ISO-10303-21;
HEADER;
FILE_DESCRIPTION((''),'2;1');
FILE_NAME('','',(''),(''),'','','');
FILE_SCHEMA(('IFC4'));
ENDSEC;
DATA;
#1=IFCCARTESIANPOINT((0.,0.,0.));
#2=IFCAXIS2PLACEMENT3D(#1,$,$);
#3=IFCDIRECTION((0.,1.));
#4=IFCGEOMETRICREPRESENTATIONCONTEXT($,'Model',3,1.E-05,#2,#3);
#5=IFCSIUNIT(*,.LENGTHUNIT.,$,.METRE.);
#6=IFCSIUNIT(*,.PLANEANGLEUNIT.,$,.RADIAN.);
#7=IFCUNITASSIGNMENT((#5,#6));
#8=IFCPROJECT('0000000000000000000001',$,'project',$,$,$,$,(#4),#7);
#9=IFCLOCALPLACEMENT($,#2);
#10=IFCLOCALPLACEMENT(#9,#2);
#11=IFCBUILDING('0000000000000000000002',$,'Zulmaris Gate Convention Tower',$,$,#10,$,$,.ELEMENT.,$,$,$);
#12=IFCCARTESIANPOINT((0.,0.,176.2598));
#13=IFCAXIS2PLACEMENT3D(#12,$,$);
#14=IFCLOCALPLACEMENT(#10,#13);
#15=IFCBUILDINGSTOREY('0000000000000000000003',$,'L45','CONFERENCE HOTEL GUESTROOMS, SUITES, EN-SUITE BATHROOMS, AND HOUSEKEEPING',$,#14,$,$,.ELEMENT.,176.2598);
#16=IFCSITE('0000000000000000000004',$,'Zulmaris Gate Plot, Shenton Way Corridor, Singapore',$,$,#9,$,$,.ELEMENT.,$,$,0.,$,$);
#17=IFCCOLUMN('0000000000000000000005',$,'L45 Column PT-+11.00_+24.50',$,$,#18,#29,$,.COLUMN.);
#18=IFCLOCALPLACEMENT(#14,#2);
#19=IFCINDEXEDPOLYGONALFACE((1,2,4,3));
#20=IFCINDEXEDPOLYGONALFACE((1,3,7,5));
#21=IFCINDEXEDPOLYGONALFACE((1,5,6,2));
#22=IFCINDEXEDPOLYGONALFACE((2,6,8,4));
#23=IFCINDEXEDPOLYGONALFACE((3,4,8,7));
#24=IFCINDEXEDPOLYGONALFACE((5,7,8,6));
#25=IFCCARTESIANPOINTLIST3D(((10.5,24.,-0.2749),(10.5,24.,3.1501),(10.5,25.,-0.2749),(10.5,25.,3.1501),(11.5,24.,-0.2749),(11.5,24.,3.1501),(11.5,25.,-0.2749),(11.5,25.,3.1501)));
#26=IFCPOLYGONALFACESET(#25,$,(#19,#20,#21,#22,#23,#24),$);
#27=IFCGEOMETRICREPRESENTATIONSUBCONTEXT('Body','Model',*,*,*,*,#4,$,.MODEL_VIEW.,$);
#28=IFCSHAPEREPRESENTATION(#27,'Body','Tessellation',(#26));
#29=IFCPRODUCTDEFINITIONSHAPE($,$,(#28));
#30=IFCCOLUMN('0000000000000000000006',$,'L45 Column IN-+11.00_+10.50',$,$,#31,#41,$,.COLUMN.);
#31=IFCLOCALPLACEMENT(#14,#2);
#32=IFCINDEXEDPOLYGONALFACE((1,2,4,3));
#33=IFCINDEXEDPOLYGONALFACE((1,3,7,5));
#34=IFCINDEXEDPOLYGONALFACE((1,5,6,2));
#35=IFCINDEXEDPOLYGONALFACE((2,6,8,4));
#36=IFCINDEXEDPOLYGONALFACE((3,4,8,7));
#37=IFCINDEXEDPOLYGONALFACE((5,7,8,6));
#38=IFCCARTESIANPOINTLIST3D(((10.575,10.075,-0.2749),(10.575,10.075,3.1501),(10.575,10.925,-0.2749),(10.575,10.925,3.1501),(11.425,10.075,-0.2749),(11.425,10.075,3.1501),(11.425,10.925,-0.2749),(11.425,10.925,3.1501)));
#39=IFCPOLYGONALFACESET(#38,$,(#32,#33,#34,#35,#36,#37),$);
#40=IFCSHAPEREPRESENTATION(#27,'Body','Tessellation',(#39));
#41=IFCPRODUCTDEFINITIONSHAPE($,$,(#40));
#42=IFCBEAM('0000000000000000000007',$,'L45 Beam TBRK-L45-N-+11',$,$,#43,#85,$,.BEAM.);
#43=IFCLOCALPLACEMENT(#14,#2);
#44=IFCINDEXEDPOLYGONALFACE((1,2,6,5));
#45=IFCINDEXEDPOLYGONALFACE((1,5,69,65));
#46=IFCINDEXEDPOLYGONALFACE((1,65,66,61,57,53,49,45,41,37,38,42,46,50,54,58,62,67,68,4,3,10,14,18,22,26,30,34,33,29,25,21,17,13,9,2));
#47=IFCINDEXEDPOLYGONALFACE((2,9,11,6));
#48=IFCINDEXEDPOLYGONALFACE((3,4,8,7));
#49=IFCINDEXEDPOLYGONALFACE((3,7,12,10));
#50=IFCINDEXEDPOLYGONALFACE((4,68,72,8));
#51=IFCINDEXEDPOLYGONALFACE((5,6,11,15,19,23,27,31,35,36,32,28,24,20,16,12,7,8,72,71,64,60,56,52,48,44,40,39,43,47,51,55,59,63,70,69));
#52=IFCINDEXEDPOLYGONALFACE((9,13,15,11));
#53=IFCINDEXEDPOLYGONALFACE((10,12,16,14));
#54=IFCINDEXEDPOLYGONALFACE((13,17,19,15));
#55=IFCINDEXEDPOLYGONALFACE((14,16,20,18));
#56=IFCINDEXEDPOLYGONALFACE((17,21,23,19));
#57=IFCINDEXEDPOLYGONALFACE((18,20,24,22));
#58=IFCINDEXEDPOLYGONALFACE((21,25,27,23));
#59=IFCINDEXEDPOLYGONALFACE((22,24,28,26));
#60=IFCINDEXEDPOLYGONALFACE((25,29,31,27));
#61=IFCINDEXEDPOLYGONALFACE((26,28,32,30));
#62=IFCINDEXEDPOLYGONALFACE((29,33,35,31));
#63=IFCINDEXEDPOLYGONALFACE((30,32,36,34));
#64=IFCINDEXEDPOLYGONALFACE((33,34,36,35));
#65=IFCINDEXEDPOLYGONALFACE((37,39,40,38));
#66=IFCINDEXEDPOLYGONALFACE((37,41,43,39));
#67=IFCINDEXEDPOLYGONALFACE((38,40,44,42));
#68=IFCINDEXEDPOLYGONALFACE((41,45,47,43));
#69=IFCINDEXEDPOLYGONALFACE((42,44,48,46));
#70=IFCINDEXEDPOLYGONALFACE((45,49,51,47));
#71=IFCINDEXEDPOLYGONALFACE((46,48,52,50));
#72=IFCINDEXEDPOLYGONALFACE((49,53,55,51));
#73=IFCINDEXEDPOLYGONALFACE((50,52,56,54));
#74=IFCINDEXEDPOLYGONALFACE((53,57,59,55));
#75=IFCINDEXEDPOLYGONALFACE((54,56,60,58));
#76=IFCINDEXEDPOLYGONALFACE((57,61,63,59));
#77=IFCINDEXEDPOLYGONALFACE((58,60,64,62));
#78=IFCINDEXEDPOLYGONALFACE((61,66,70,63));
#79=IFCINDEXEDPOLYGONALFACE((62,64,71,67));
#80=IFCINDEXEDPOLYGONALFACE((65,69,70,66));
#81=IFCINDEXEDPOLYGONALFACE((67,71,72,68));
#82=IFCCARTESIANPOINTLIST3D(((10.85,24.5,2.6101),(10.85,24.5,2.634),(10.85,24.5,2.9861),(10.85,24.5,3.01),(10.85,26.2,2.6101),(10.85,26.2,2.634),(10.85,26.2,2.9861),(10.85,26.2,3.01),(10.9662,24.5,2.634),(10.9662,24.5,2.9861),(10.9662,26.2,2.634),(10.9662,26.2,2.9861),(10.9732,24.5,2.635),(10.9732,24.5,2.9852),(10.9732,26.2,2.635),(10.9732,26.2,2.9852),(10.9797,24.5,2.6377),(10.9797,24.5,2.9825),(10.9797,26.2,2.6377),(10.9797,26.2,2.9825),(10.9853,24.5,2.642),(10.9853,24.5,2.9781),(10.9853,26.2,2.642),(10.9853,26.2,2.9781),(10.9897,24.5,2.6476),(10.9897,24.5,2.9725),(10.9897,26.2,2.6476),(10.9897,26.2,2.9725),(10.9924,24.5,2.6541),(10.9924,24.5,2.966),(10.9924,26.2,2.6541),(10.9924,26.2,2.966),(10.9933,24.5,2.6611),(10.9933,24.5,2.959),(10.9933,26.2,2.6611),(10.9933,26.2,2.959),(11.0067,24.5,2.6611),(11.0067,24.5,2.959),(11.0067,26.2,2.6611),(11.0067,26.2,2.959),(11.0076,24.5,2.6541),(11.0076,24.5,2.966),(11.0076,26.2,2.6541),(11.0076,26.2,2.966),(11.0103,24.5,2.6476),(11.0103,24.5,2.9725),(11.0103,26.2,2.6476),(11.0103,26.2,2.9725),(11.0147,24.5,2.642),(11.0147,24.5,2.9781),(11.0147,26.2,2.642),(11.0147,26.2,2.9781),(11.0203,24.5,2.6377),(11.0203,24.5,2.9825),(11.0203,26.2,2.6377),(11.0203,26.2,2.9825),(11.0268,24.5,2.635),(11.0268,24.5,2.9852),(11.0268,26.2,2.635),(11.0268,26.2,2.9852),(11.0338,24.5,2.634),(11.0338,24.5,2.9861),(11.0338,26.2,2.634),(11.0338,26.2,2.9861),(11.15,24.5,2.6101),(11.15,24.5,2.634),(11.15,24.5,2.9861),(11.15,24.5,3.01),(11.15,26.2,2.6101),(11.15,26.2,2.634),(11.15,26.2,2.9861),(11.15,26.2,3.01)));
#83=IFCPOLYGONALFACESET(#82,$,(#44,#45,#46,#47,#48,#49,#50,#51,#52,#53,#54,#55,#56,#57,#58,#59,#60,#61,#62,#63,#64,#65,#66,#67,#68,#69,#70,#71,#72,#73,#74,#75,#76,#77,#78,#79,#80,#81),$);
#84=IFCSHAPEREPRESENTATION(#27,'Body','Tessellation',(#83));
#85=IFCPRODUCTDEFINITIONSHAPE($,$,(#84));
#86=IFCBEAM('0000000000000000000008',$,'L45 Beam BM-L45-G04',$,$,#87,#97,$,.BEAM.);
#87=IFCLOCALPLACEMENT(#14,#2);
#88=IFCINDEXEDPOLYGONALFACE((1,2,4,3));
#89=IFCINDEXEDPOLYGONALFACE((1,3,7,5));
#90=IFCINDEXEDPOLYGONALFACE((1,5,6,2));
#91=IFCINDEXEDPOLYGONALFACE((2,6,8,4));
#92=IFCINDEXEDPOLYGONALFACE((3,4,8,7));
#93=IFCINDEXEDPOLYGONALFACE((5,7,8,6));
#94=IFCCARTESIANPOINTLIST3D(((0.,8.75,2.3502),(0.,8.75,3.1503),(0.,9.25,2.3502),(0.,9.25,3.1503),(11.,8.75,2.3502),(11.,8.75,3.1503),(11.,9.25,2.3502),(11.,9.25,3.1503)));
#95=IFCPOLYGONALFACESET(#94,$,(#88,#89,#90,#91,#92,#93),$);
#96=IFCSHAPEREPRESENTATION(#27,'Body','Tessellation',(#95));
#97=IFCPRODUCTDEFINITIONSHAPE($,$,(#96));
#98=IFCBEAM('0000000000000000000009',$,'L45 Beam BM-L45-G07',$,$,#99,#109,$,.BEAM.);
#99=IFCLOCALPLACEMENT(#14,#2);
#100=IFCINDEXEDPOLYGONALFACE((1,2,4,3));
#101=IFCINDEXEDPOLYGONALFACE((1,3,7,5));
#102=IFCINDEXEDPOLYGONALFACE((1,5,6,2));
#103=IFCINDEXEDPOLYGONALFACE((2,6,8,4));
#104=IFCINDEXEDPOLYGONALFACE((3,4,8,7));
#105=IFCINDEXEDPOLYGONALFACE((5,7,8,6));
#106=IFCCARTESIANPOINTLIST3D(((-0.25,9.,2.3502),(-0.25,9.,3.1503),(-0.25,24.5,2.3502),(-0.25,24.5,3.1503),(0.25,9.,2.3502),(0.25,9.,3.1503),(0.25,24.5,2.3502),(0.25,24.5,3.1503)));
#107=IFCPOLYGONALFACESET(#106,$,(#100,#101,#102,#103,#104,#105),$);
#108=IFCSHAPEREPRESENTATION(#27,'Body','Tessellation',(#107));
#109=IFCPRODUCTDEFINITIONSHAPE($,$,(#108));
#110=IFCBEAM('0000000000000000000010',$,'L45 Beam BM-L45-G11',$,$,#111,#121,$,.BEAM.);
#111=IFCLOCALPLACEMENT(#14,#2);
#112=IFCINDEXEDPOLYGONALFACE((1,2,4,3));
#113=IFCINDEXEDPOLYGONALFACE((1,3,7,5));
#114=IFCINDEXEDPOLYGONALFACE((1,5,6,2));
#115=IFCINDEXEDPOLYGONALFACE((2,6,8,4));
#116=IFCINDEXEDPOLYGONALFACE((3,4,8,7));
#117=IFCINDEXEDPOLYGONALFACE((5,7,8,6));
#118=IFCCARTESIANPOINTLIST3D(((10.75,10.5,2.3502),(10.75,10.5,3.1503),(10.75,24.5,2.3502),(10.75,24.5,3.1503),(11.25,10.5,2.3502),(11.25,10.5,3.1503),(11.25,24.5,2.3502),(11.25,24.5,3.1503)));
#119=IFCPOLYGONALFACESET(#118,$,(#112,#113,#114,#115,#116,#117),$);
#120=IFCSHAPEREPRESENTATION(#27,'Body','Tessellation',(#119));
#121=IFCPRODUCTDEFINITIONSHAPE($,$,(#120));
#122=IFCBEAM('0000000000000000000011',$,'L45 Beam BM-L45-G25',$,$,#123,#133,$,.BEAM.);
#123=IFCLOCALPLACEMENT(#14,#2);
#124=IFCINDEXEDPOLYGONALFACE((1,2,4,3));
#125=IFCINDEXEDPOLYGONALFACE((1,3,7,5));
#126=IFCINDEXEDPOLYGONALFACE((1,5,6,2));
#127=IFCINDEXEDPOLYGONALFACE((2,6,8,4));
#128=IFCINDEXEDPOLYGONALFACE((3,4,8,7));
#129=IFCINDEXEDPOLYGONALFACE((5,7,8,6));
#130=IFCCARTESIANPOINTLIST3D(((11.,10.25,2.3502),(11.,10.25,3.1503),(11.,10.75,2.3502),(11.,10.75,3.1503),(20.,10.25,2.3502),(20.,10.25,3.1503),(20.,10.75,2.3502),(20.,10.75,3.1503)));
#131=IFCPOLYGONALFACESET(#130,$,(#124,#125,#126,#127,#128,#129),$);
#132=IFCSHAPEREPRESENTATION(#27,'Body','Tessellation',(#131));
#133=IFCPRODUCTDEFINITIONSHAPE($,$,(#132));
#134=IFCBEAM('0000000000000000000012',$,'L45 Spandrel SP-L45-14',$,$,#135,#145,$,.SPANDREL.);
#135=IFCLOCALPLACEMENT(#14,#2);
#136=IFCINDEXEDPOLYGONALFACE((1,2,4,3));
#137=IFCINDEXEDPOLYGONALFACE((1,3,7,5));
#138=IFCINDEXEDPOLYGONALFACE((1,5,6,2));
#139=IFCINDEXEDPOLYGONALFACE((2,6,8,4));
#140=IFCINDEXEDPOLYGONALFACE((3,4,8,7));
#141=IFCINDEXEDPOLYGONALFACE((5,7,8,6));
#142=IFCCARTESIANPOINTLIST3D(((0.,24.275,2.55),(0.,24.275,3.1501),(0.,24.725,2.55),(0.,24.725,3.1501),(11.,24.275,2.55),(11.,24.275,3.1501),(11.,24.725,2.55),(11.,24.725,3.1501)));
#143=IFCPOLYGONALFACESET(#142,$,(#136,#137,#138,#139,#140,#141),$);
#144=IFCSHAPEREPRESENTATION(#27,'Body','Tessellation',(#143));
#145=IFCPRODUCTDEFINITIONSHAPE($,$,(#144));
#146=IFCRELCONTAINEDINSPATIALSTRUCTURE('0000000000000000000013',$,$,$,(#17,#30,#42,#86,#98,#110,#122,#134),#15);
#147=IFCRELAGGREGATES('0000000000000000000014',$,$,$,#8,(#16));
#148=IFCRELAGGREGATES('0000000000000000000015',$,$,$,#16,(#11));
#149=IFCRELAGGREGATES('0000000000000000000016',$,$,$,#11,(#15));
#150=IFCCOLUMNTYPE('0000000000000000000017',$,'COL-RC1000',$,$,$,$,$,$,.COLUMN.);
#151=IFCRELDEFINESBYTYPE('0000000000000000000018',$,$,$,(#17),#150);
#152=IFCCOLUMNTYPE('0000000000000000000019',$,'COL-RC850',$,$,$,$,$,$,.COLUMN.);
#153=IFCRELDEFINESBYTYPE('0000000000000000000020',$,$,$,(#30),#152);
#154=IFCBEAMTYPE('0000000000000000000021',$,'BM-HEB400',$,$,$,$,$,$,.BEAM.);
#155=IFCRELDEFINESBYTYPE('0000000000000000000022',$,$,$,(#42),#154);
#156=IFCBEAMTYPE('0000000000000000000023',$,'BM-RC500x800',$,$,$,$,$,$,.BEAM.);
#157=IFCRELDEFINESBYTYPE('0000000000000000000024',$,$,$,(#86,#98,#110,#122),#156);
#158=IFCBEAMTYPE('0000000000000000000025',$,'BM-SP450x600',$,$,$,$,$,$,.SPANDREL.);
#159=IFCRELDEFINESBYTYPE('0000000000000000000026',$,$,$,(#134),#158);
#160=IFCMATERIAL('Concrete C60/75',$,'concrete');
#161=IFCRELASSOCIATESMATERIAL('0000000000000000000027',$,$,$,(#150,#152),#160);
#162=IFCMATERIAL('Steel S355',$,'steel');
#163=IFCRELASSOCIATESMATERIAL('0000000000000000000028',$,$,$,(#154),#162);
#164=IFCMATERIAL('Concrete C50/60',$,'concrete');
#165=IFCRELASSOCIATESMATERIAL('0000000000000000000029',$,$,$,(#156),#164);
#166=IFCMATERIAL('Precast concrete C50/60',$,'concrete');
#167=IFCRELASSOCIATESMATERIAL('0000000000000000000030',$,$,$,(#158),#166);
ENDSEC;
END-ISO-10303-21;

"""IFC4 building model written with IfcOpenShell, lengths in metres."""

from ifc_helpers import new_model, si_unit, direction, frame, origin, origin_2d, place, context, subcontext, project, spatial, rectangle, i_section, extrude, material, material_profile, profile_set, type_object, element, save


model = new_model("IFC4")

# Units and contexts
model_context = context("Model", 3, precision=1e-05, world=origin(), true_north=direction((0.0, 1.0)))
body_context = subcontext(model_context, "Body", "Model", "MODEL_VIEW")
ifc_project = project(units=[si_unit("LENGTHUNIT", "METRE"), si_unit("PLANEANGLEUNIT", "RADIAN")], contexts=[model_context])

# Site, building, storey
site_placement = place(None, origin())
site = spatial("IfcSite", under=ifc_project, at=site_placement, Name="Zulmaris Gate Plot, Shenton Way Corridor, Singapore", CompositionType="ELEMENT", RefElevation=0.0)
building_placement = place(site_placement, origin())
building = spatial("IfcBuilding", under=site, at=building_placement, Name="Zulmaris Gate Convention Tower", CompositionType="ELEMENT")
storey_placement = place(building_placement, frame((0.0, 0.0, 176.2598)))
storey = spatial("IfcBuildingStorey", under=building, at=storey_placement, Name="L45", Description="CONFERENCE HOTEL GUESTROOMS, SUITES, EN-SUITE BATHROOMS, AND HOUSEKEEPING", CompositionType="ELEMENT", Elevation=176.2598)

# Columns
ifc_material_1 = material(Name="Concrete C60/75", Category="concrete")
ifc_material_profile_1 = material_profile(ifc_material_1, rectangle(XDim=1.0, YDim=1.0, at=origin_2d()), Name="RC COL 1000x1000")
ifc_profile_set_1 = profile_set([ifc_material_profile_1], Name="Concrete C60/75")
column_type_1 = type_object("IfcColumnType", Name="COL-RC1000", PredefinedType="COLUMN", material=ifc_profile_set_1)
column_1_placement = place(storey_placement, frame((11.0, 24.5, -0.2749), z_axis=(0.0, 0.0, 1.0), x_axis=(1.0, 0.0, 0.0)))
element("IfcColumn", 1, at=column_1_placement, inside=storey, type_object=column_type_1, Name="L45 Column PT-+11.00_+24.50", PredefinedType="COLUMN", context=body_context, shape_type="SweptSolid", body=[
    extrude(rectangle(XDim=1.0, YDim=1.0, at=origin_2d()), origin(), (0.0, 0.0, 1.0), 3.425),
])
ifc_material_profile_2 = material_profile(ifc_material_1, rectangle(XDim=0.8501, YDim=0.8501, at=origin_2d()), Name="RC COL 850x850")
ifc_profile_set_2 = profile_set([ifc_material_profile_2], Name="Concrete C60/75")
column_type_2 = type_object("IfcColumnType", Name="COL-RC850", PredefinedType="COLUMN", material=ifc_profile_set_2)
column_2_placement = place(storey_placement, frame((11.0, 10.5, -0.2749), z_axis=(0.0, 0.0, 1.0), x_axis=(1.0, 0.0, 0.0)))
element("IfcColumn", 2, at=column_2_placement, inside=storey, type_object=column_type_2, Name="L45 Column IN-+11.00_+10.50", PredefinedType="COLUMN", context=body_context, shape_type="SweptSolid", body=[
    extrude(rectangle(XDim=0.8501, YDim=0.8501, at=origin_2d()), origin(), (0.0, 0.0, 1.0), 3.425),
])

# Beams
ifc_material_2 = material(Name="Steel S355", Category="steel")
ifc_material_profile_3 = material_profile(ifc_material_2, i_section(OverallWidth=0.3, OverallDepth=0.3999, WebThickness=0.0134, FlangeThickness=0.0239, FilletRadius=0.0271, at=origin_2d()), Name="HEB 400")
ifc_profile_set_3 = profile_set([ifc_material_profile_3], Name="Steel S355")
beam_type_1 = type_object("IfcBeamType", Name="BM-HEB400", PredefinedType="BEAM", material=ifc_profile_set_3)
beam_1_placement = place(storey_placement, frame((11.0, 24.5, 2.8101), z_axis=(0.0, 1.0, 0.0), x_axis=(-1.0, 0.0, 0.0)))
element("IfcBeam", 3, at=beam_1_placement, inside=storey, type_object=beam_type_1, Name="L45 Beam TBRK-L45-N-+11", PredefinedType="BEAM", context=body_context, shape_type="SweptSolid", body=[
    extrude(i_section(OverallWidth=0.3, OverallDepth=0.3999, WebThickness=0.0134, FlangeThickness=0.0239, FilletRadius=0.0271, at=origin_2d()), origin(), (0.0, 0.0, 1.0), 1.7),
])
ifc_material_3 = material(Name="Concrete C50/60", Category="concrete")
ifc_material_profile_4 = material_profile(ifc_material_3, rectangle(XDim=0.5, YDim=0.8, at=origin_2d()), Name="RC BEAM 500x800")
ifc_profile_set_4 = profile_set([ifc_material_profile_4], Name="Concrete C50/60")
beam_type_2 = type_object("IfcBeamType", Name="BM-RC500x800", PredefinedType="BEAM", material=ifc_profile_set_4)
beam_2_placement = place(storey_placement, frame((0.0, 9.0, 2.7502), z_axis=(1.0, 0.0, 0.0), x_axis=(0.0, 1.0, 0.0)))
element("IfcBeam", 4, at=beam_2_placement, inside=storey, type_object=beam_type_2, Name="L45 Beam BM-L45-G04", PredefinedType="BEAM", context=body_context, shape_type="SweptSolid", body=[
    extrude(rectangle(XDim=0.5, YDim=0.8, at=origin_2d()), origin(), (0.0, 0.0, 1.0), 11.0),
])
beam_3_placement = place(storey_placement, frame((0.0, 9.0, 2.7502), z_axis=(0.0, 1.0, 0.0), x_axis=(-1.0, 0.0, 0.0)))
element("IfcBeam", 5, at=beam_3_placement, inside=storey, type_object=beam_type_2, Name="L45 Beam BM-L45-G07", PredefinedType="BEAM", context=body_context, shape_type="SweptSolid", body=[
    extrude(rectangle(XDim=0.5, YDim=0.8, at=origin_2d()), origin(), (0.0, 0.0, 1.0), 15.5),
])
beam_4_placement = place(storey_placement, frame((11.0, 10.5, 2.7502), z_axis=(0.0, 1.0, 0.0), x_axis=(-1.0, 0.0, 0.0)))
element("IfcBeam", 6, at=beam_4_placement, inside=storey, type_object=beam_type_2, Name="L45 Beam BM-L45-G11", PredefinedType="BEAM", context=body_context, shape_type="SweptSolid", body=[
    extrude(rectangle(XDim=0.5, YDim=0.8, at=origin_2d()), origin(), (0.0, 0.0, 1.0), 14.0),
])
beam_5_placement = place(storey_placement, frame((11.0, 10.5, 2.7502), z_axis=(1.0, 0.0, 0.0), x_axis=(0.0, 1.0, 0.0)))
element("IfcBeam", 7, at=beam_5_placement, inside=storey, type_object=beam_type_2, Name="L45 Beam BM-L45-G25", PredefinedType="BEAM", context=body_context, shape_type="SweptSolid", body=[
    extrude(rectangle(XDim=0.5, YDim=0.8, at=origin_2d()), origin(), (0.0, 0.0, 1.0), 9.0),
])
ifc_material_4 = material(Name="Precast concrete C50/60", Category="concrete")
ifc_material_profile_5 = material_profile(ifc_material_4, rectangle(XDim=0.45, YDim=0.6001, at=origin_2d()), Name="RC SPANDREL 450x600")
ifc_profile_set_5 = profile_set([ifc_material_profile_5], Name="Precast concrete C50/60")
beam_type_3 = type_object("IfcBeamType", Name="BM-SP450x600", PredefinedType="SPANDREL", material=ifc_profile_set_5)
beam_6_placement = place(storey_placement, frame((11.0, 24.5, 2.8501), z_axis=(-1.0, 0.0, 0.0), x_axis=(0.0, -1.0, 0.0)))
element("IfcBeam", 8, at=beam_6_placement, inside=storey, type_object=beam_type_3, Name="L45 Spandrel SP-L45-14", PredefinedType="SPANDREL", context=body_context, shape_type="SweptSolid", body=[
    extrude(rectangle(XDim=0.45, YDim=0.6001, at=origin_2d()), origin(), (0.0, 0.0, 1.0), 11.0),
])

save(model, "model.ifc")
